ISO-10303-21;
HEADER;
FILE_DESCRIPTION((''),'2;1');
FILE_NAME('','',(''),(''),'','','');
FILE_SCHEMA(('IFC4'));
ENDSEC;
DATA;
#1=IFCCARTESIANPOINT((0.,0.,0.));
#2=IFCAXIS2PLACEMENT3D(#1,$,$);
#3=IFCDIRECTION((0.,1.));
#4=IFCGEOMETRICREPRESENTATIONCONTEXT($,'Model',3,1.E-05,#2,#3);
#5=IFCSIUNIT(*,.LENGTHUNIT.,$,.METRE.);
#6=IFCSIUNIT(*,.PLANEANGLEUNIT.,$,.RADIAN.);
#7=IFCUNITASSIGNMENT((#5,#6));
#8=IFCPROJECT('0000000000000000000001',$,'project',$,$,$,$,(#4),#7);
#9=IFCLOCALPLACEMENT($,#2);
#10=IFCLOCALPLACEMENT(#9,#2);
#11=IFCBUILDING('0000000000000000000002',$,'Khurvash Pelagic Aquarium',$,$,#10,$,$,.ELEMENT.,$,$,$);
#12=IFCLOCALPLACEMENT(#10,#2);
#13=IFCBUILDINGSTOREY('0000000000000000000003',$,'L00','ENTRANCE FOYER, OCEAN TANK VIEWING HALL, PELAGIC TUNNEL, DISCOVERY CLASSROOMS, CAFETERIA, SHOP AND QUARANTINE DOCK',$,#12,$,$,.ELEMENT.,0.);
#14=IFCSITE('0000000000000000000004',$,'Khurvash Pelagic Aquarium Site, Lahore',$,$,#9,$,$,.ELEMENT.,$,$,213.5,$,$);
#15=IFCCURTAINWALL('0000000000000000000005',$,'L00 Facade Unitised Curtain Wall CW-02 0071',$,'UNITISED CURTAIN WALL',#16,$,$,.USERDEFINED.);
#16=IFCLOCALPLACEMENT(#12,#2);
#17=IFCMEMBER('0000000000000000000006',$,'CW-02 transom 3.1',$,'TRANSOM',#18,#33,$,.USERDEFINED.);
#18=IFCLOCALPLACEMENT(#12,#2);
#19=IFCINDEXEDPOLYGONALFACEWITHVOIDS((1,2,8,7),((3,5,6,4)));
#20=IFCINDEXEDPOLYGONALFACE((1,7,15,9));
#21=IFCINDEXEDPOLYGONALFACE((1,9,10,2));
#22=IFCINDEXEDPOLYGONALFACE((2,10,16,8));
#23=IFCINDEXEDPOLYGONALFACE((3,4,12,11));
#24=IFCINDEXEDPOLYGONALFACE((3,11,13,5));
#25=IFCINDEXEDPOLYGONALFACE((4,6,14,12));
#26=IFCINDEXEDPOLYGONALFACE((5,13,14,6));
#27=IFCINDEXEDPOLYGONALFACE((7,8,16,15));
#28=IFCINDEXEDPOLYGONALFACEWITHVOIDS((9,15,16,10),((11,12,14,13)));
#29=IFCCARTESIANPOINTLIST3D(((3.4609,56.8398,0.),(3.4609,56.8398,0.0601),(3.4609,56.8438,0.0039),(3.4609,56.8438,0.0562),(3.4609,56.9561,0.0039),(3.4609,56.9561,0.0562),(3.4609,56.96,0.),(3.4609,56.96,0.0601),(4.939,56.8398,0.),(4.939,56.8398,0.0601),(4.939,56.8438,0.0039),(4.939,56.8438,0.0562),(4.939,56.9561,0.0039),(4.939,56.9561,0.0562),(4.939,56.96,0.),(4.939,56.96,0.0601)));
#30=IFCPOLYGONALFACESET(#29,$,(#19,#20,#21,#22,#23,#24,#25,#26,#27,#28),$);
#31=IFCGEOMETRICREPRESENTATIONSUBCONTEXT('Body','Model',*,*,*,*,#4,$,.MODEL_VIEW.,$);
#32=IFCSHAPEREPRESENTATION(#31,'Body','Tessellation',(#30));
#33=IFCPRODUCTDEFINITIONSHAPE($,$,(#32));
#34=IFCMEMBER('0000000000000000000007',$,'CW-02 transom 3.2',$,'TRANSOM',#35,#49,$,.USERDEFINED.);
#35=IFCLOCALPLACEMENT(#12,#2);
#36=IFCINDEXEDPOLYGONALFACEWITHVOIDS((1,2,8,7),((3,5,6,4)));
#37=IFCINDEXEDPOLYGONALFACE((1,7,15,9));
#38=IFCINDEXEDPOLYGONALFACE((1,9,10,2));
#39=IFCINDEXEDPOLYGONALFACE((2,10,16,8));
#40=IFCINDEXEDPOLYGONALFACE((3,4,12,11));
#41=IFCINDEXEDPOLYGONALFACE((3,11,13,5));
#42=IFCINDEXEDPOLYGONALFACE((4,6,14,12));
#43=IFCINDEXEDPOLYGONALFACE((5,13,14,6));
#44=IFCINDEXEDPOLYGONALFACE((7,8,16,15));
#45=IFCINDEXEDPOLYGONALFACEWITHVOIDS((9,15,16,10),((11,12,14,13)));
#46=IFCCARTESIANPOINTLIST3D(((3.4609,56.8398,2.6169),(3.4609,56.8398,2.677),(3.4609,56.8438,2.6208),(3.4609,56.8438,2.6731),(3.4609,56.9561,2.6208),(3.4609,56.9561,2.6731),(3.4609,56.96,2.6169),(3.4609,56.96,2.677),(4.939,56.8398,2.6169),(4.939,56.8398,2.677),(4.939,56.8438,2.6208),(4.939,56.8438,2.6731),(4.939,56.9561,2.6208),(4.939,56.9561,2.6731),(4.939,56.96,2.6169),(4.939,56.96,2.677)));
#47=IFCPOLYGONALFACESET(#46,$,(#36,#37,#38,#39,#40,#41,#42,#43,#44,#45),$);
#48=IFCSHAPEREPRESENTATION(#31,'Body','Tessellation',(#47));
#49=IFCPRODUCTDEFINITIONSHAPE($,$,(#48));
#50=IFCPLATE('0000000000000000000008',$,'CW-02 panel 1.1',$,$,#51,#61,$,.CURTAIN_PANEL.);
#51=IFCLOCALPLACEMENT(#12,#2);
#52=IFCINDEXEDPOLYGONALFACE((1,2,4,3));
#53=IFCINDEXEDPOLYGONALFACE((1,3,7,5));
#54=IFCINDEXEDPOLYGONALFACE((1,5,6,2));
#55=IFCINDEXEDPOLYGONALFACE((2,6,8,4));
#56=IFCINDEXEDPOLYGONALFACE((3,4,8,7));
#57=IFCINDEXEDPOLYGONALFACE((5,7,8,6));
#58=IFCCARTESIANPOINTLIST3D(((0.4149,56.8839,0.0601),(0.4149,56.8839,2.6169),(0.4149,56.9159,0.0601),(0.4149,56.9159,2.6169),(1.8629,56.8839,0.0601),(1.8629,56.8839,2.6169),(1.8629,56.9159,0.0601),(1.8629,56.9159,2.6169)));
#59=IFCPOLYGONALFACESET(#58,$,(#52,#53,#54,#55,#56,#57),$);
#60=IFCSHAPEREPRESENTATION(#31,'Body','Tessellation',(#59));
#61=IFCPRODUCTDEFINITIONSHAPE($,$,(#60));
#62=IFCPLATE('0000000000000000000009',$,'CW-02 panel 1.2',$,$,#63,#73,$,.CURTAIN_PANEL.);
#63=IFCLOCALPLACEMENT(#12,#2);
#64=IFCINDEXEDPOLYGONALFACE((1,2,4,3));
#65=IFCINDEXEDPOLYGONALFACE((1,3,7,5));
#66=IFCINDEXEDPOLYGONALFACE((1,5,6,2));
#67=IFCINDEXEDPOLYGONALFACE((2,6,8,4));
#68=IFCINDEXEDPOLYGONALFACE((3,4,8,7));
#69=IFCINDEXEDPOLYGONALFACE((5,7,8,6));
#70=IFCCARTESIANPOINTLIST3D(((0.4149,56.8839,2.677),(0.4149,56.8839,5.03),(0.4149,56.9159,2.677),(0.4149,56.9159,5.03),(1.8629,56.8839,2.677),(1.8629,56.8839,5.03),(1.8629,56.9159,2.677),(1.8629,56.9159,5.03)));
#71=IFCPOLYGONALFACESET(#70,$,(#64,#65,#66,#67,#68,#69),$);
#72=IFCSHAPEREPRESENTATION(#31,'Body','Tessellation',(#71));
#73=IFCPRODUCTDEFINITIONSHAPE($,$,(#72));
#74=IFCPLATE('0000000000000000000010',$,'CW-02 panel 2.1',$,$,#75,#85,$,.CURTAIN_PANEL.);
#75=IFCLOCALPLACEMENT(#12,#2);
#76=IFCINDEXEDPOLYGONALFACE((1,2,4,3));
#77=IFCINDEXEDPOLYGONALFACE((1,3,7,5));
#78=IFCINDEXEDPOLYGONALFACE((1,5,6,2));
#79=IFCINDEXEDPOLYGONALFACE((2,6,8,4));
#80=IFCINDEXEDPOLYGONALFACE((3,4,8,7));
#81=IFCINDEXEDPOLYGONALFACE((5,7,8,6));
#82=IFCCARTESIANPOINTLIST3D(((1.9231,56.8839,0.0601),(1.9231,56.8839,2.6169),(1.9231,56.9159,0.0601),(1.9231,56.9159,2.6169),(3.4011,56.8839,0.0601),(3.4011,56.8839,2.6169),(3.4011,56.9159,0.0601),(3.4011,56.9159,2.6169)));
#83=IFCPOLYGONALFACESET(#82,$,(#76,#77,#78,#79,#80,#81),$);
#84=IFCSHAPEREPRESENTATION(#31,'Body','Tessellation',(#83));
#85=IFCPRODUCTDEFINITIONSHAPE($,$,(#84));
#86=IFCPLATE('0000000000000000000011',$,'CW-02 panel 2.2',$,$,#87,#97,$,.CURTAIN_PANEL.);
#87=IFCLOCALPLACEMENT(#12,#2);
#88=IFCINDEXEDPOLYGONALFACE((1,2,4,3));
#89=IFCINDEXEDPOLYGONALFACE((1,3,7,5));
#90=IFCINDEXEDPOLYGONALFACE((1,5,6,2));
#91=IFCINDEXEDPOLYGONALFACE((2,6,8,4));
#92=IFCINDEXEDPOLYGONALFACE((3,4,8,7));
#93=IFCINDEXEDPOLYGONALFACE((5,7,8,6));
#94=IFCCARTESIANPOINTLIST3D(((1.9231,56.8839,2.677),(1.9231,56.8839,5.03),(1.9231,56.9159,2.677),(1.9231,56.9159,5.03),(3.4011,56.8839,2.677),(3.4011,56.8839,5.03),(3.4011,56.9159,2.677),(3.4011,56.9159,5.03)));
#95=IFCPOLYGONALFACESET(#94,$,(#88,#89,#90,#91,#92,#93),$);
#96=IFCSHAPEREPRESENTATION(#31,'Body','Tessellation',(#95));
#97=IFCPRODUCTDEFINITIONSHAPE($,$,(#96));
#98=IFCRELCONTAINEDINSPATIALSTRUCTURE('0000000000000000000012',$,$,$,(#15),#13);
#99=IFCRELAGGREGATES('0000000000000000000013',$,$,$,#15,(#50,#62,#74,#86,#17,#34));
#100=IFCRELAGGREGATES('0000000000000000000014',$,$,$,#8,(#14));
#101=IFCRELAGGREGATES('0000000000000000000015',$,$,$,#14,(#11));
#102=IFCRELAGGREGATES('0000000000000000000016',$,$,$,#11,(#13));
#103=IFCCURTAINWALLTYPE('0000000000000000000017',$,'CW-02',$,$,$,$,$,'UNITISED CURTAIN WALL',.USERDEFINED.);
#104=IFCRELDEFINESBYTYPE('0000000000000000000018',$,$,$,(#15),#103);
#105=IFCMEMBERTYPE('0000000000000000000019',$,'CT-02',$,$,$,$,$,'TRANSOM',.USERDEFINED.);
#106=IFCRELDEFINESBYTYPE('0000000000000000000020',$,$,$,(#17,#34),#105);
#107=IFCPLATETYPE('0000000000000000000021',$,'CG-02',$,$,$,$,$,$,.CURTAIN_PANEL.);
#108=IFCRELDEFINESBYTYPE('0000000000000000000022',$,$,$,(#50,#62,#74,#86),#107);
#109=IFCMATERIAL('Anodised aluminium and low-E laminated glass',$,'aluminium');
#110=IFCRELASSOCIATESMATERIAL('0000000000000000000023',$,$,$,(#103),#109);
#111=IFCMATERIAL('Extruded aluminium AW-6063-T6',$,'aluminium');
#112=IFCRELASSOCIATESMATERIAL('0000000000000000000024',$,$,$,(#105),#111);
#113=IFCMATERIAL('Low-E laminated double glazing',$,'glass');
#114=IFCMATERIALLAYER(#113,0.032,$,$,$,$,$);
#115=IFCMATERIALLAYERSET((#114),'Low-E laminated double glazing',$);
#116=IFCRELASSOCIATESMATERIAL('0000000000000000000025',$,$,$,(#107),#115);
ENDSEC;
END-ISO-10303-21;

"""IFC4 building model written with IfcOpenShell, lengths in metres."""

from ifc_helpers import new_model, si_unit, direction, frame, origin, origin_2d, place, context, subcontext, project, spatial, rectangle, hollow_rectangle, extrude, material, layer, layer_set, material_profile, profile_set, type_object, element, aggregate, save


model = new_model("IFC4")

# Units and contexts
model_context = context("Model", 3, precision=1e-05, world=origin(), true_north=direction((0.0, 1.0)))
body_context = subcontext(model_context, "Body", "Model", "MODEL_VIEW")
ifc_project = project(units=[si_unit("LENGTHUNIT", "METRE"), si_unit("PLANEANGLEUNIT", "RADIAN")], contexts=[model_context])

# Site, building, storey
site_placement = place(None, origin())
site = spatial("IfcSite", under=ifc_project, at=site_placement, Name="Khurvash Pelagic Aquarium Site, Lahore", CompositionType="ELEMENT", RefElevation=213.5)
building_placement = place(site_placement, origin())
building = spatial("IfcBuilding", under=site, at=building_placement, Name="Khurvash Pelagic Aquarium", CompositionType="ELEMENT")
storey_placement = place(building_placement, origin())
storey = spatial("IfcBuildingStorey", under=building, at=storey_placement, Name="L00", Description="ENTRANCE FOYER, OCEAN TANK VIEWING HALL, PELAGIC TUNNEL, DISCOVERY CLASSROOMS, CAFETERIA, SHOP AND QUARANTINE DOCK", CompositionType="ELEMENT", Elevation=0.0)

# Curtain wall, members, plates
ifc_material_1 = material(Name="Anodised aluminium and low-E laminated glass", Category="aluminium")
curtain_wall_type = type_object("IfcCurtainWallType", Name="CW-02", ElementType="UNITISED CURTAIN WALL", PredefinedType="USERDEFINED", material=ifc_material_1)
curtain_wall_placement = place(storey_placement, origin())
curtain_wall = element("IfcCurtainWall", 1, at=curtain_wall_placement, inside=storey, type_object=curtain_wall_type, Name="L00 Facade Unitised Curtain Wall CW-02 0071", ObjectType="UNITISED CURTAIN WALL", PredefinedType="USERDEFINED")
ifc_material_2 = material(Name="Extruded aluminium AW-6063-T6", Category="aluminium")
ifc_material_profile_1 = material_profile(ifc_material_2, hollow_rectangle(XDim=0.1201, YDim=0.0601, WallThickness=0.0039, at=origin_2d()), Name="CWT120X60X4")
ifc_profile_set_1 = profile_set([ifc_material_profile_1], Name="Extruded aluminium AW-6063-T6")
member_type_1 = type_object("IfcMemberType", Name="CT-02", ElementType="TRANSOM", PredefinedType="USERDEFINED", material=ifc_profile_set_1)
member_1_placement = place(storey_placement, frame((3.4609, 56.8999, 0.03), z_axis=(1.0, 0.0, 0.0), x_axis=(0.0, 1.0, 0.0)))
member_1 = element("IfcMember", 2, at=member_1_placement, type_object=member_type_1, Name="CW-02 transom 3.1", ObjectType="TRANSOM", PredefinedType="USERDEFINED", context=body_context, shape_type="SweptSolid", body=[
    extrude(hollow_rectangle(XDim=0.1201, YDim=0.0601, WallThickness=0.0039, at=origin_2d()), origin(), (0.0, 0.0, 1.0), 1.478),
])
member_2_placement = place(storey_placement, frame((3.4609, 56.8999, 2.647), z_axis=(1.0, 0.0, 0.0), x_axis=(0.0, 1.0, 0.0)))
member_2 = element("IfcMember", 3, at=member_2_placement, type_object=member_type_1, Name="CW-02 transom 3.2", ObjectType="TRANSOM", PredefinedType="USERDEFINED", context=body_context, shape_type="SweptSolid", body=[
    extrude(hollow_rectangle(XDim=0.1201, YDim=0.0601, WallThickness=0.0039, at=origin_2d()), origin(), (0.0, 0.0, 1.0), 1.478),
])
ifc_material_3 = material(Name="Low-E laminated double glazing", Category="glass")
ifc_layer_1 = layer(ifc_material_3, 0.032)
ifc_layer_set_1 = layer_set([ifc_layer_1], Name="Low-E laminated double glazing")
plate_type = type_object("IfcPlateType", Name="CG-02", PredefinedType="CURTAIN_PANEL", material=ifc_layer_set_1)
plate_1_placement = place(storey_placement, frame((1.1389, 56.8999, 0.0601), z_axis=(0.0, 0.0, 1.0), x_axis=(1.0, 0.0, 0.0)))
plate_1 = element("IfcPlate", 4, at=plate_1_placement, type_object=plate_type, Name="CW-02 panel 1.1", PredefinedType="CURTAIN_PANEL", context=body_context, shape_type="SweptSolid", body=[
    extrude(rectangle(XDim=1.448, YDim=0.032, at=origin_2d()), origin(), (0.0, 0.0, 1.0), 2.5569),
])
plate_2_placement = place(storey_placement, frame((1.1389, 56.8999, 2.677), z_axis=(0.0, 0.0, 1.0), x_axis=(1.0, 0.0, 0.0)))
plate_2 = element("IfcPlate", 5, at=plate_2_placement, type_object=plate_type, Name="CW-02 panel 1.2", PredefinedType="CURTAIN_PANEL", context=body_context, shape_type="SweptSolid", body=[
    extrude(rectangle(XDim=1.448, YDim=0.032, at=origin_2d()), origin(), (0.0, 0.0, 1.0), 2.353),
])
plate_3_placement = place(storey_placement, frame((2.6621, 56.8999, 0.0601), z_axis=(0.0, 0.0, 1.0), x_axis=(1.0, 0.0, 0.0)))
plate_3 = element("IfcPlate", 6, at=plate_3_placement, type_object=plate_type, Name="CW-02 panel 2.1", PredefinedType="CURTAIN_PANEL", context=body_context, shape_type="SweptSolid", body=[
    extrude(rectangle(XDim=1.478, YDim=0.032, at=origin_2d()), origin(), (0.0, 0.0, 1.0), 2.5569),
])
plate_4_placement = place(storey_placement, frame((2.6621, 56.8999, 2.677), z_axis=(0.0, 0.0, 1.0), x_axis=(1.0, 0.0, 0.0)))
plate_4 = element("IfcPlate", 7, at=plate_4_placement, type_object=plate_type, Name="CW-02 panel 2.2", PredefinedType="CURTAIN_PANEL", context=body_context, shape_type="SweptSolid", body=[
    extrude(rectangle(XDim=1.478, YDim=0.032, at=origin_2d()), origin(), (0.0, 0.0, 1.0), 2.353),
])
aggregate(curtain_wall, [plate_1, plate_2, plate_3, plate_4, member_1, member_2])

save(model, "model.ifc")
